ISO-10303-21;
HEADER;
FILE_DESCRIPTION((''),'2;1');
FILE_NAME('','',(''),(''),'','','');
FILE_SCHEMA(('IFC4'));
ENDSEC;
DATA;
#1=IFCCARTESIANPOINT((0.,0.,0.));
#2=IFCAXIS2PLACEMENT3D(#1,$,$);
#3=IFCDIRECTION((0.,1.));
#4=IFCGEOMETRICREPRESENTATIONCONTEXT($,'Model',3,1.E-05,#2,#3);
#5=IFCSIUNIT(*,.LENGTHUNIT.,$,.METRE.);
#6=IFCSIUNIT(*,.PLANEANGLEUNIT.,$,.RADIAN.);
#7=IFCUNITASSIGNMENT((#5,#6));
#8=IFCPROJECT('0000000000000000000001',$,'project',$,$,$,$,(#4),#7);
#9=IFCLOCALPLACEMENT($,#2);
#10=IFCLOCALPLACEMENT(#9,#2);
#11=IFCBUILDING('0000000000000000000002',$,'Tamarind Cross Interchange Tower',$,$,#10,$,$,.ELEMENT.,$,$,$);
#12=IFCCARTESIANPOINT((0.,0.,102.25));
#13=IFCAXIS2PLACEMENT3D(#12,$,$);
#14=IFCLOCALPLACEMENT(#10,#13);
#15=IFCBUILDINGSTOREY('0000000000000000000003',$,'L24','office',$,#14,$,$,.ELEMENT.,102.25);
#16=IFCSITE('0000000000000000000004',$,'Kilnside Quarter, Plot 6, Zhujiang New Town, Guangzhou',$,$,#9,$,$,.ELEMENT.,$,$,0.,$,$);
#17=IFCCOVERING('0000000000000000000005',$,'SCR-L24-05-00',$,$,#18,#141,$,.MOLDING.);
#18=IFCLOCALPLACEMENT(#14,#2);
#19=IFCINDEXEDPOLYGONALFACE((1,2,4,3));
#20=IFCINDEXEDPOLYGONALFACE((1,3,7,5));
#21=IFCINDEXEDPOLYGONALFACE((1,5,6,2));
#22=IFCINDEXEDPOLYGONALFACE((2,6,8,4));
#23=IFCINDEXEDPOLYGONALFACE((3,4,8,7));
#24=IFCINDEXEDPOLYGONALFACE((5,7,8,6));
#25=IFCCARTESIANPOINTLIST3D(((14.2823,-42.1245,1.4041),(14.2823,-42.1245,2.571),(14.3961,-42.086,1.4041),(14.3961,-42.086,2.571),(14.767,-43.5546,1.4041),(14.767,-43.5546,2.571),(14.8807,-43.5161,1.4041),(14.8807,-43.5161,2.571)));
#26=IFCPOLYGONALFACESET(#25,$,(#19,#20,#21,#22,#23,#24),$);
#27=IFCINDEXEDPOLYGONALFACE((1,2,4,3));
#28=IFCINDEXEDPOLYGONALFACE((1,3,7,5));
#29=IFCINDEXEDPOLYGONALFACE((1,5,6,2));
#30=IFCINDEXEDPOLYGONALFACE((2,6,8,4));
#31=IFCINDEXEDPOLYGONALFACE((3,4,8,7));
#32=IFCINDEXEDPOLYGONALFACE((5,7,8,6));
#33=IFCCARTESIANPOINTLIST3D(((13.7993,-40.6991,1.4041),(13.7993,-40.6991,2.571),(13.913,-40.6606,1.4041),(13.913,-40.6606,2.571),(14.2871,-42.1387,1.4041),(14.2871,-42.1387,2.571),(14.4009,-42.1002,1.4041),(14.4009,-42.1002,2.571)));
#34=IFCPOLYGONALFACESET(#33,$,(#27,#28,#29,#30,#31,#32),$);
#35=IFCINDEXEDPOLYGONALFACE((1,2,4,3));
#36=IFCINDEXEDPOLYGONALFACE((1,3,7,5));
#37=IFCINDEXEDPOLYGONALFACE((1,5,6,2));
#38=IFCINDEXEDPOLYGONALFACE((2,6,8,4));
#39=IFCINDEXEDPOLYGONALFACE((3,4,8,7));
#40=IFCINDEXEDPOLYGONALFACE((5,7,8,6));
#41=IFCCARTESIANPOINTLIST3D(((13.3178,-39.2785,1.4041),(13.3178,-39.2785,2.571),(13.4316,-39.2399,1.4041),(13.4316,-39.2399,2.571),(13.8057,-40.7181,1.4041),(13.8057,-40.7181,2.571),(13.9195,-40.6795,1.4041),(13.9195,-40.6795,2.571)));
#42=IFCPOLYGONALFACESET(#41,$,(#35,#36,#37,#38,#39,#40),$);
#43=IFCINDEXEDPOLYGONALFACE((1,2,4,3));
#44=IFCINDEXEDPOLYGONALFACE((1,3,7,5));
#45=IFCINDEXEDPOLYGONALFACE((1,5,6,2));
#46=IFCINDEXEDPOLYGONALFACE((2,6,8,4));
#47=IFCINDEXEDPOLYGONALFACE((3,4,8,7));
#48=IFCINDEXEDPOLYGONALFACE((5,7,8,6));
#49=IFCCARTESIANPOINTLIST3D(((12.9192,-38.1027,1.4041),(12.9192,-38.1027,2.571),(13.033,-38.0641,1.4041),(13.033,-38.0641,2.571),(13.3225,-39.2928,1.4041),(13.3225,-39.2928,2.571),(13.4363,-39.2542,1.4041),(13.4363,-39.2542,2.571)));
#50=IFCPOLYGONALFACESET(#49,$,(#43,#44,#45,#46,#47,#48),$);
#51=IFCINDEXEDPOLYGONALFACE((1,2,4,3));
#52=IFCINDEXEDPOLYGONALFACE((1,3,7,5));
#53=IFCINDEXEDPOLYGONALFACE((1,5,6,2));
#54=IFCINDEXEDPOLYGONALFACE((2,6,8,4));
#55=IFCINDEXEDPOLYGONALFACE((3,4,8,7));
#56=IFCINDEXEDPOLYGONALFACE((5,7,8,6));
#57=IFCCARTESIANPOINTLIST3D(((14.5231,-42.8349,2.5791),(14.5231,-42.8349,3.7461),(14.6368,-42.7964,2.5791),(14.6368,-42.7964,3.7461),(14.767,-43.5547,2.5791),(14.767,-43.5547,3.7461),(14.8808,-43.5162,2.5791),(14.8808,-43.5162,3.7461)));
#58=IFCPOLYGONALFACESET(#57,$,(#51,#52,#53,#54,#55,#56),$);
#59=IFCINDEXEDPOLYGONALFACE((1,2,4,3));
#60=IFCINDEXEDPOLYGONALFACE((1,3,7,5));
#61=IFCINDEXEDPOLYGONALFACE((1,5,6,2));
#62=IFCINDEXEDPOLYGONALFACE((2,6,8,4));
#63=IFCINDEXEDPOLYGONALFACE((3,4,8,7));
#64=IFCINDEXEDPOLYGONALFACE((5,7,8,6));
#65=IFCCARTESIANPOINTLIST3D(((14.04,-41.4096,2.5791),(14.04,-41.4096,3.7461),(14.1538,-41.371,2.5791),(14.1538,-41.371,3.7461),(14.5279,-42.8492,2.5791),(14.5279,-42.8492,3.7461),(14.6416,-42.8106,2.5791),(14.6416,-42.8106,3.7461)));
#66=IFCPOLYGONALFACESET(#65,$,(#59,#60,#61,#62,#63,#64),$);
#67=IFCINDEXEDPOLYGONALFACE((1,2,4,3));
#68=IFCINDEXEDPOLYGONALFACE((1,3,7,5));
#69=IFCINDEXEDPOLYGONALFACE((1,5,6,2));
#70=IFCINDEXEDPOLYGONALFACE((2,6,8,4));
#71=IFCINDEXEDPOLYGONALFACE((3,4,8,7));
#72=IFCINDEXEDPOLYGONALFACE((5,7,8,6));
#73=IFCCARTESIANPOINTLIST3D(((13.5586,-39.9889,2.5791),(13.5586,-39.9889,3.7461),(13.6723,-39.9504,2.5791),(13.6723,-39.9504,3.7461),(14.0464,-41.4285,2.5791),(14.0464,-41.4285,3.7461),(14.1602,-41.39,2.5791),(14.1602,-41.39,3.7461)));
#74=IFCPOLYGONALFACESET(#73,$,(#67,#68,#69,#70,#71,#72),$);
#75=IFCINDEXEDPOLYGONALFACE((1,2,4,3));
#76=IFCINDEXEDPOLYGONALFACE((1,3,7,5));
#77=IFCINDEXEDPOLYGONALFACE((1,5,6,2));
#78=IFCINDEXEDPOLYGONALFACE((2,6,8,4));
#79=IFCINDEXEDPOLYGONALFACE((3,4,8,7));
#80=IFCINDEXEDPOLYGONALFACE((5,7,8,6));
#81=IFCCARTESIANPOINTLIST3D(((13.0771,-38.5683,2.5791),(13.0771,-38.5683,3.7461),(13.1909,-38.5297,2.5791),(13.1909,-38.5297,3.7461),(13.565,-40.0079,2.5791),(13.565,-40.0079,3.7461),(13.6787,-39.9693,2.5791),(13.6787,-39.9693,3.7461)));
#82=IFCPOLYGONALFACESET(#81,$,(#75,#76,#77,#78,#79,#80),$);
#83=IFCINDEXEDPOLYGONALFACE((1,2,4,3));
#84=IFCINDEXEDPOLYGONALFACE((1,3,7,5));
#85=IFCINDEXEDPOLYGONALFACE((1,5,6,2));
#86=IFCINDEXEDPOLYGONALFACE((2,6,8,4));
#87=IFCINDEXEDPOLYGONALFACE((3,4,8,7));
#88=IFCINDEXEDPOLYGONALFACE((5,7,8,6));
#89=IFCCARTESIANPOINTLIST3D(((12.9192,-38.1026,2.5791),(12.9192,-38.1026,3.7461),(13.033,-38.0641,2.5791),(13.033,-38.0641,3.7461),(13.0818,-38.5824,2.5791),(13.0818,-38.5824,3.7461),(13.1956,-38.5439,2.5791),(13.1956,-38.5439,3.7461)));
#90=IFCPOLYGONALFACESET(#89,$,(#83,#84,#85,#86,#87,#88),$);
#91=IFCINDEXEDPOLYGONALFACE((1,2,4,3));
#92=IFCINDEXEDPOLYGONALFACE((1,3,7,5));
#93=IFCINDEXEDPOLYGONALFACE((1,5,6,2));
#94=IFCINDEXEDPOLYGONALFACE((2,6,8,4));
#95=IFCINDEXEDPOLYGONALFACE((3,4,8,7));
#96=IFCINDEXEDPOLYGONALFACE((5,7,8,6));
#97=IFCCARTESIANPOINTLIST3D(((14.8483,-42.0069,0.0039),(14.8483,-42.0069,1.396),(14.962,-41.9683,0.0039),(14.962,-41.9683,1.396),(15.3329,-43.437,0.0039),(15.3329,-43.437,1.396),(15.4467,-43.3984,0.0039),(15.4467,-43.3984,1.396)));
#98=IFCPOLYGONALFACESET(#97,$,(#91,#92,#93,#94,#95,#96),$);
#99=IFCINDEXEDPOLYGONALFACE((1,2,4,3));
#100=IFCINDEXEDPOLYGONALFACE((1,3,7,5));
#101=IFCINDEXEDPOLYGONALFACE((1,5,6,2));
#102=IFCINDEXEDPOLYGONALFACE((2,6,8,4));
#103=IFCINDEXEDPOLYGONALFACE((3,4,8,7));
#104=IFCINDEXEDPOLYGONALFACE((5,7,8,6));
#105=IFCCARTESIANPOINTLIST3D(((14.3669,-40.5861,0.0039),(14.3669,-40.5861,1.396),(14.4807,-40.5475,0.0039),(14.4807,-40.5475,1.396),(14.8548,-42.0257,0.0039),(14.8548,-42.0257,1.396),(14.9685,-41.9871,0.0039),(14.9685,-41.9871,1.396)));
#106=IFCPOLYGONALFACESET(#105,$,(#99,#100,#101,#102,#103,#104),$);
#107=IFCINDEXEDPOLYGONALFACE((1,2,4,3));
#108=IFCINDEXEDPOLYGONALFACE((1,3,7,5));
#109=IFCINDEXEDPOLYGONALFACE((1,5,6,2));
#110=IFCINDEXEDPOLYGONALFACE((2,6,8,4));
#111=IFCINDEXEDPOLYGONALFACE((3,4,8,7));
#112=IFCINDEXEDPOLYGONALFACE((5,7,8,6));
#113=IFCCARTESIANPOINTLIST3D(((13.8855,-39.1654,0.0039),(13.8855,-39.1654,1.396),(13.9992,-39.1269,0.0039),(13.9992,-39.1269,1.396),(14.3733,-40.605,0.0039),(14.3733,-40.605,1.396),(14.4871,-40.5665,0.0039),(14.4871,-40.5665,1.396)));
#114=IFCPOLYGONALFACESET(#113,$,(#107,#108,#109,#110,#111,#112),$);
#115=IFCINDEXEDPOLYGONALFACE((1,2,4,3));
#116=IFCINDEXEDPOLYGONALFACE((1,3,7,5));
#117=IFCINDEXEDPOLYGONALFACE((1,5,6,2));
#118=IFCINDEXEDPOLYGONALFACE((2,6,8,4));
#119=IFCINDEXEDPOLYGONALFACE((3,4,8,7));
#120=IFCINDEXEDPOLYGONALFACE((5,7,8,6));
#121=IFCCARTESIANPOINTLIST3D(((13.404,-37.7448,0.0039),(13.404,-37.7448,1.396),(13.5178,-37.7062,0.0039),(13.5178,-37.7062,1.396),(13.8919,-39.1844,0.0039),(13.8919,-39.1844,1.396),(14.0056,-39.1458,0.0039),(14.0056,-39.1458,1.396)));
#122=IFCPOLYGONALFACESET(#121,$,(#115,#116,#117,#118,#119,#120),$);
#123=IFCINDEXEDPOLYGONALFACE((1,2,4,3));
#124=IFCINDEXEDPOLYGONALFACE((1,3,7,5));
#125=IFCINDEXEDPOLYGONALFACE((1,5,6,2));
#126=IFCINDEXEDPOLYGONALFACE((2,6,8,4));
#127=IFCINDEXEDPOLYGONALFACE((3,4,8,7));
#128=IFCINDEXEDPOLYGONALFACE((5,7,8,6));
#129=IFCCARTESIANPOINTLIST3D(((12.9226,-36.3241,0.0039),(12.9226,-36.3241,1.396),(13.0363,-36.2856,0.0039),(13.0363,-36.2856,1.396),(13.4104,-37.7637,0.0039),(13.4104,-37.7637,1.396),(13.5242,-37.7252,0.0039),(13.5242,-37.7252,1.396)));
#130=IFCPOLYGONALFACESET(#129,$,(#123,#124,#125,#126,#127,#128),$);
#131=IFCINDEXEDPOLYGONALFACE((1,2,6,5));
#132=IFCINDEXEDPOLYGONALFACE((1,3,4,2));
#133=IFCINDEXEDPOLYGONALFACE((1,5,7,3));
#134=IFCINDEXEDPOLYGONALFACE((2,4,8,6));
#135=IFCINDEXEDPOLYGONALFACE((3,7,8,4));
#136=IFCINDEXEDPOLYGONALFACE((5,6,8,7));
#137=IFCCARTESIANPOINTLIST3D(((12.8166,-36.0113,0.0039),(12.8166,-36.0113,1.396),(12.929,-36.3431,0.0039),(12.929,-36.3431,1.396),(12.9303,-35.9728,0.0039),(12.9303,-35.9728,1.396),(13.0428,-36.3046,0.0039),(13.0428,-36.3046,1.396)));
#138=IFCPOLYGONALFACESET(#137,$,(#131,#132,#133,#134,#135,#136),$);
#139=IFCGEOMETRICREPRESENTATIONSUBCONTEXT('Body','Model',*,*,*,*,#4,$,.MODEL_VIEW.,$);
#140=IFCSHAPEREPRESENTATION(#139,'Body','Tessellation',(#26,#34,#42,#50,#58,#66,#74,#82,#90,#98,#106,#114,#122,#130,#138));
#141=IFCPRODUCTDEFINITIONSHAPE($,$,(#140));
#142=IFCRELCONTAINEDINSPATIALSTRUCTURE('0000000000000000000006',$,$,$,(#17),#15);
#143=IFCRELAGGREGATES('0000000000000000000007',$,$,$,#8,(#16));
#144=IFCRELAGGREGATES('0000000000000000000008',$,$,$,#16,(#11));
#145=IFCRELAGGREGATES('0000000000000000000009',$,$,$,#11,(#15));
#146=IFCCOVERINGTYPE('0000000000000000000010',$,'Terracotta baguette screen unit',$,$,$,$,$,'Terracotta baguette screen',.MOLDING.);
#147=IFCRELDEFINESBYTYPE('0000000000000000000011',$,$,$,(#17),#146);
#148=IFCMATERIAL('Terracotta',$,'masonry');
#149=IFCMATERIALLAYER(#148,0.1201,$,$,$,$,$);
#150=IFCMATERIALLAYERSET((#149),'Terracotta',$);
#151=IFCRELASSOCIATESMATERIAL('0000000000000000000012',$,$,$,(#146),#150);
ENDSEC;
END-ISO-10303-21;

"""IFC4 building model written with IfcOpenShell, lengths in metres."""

from ifc_helpers import new_model, si_unit, direction, frame, origin, origin_2d, place, context, subcontext, project, spatial, rectangle, extrude, material, layer, layer_set, type_object, element, save


model = new_model("IFC4")

# Units and contexts
model_context = context("Model", 3, precision=1e-05, world=origin(), true_north=direction((0.0, 1.0)))
body_context = subcontext(model_context, "Body", "Model", "MODEL_VIEW")
ifc_project = project(units=[si_unit("LENGTHUNIT", "METRE"), si_unit("PLANEANGLEUNIT", "RADIAN")], contexts=[model_context])

# Site, building, storey
site_placement = place(None, origin())
site = spatial("IfcSite", under=ifc_project, at=site_placement, Name="Kilnside Quarter, Plot 6, Zhujiang New Town, Guangzhou", CompositionType="ELEMENT", RefElevation=0.0)
building_placement = place(site_placement, origin())
building = spatial("IfcBuilding", under=site, at=building_placement, Name="Tamarind Cross Interchange Tower", CompositionType="ELEMENT")
storey_placement = place(building_placement, frame((0.0, 0.0, 102.25)))
storey = spatial("IfcBuildingStorey", under=building, at=storey_placement, Name="L24", Description="office", CompositionType="ELEMENT", Elevation=102.25)

# Covering
ifc_material_1 = material(Name="Terracotta", Category="masonry")
ifc_layer_1 = layer(ifc_material_1, 0.1201)
ifc_layer_set_1 = layer_set([ifc_layer_1], Name="Terracotta")
covering_type = type_object("IfcCoveringType", Name="Terracotta baguette screen unit", ElementType="Terracotta baguette screen", PredefinedType="MOLDING", material=ifc_layer_set_1)
covering_1_placement = place(storey_placement, origin())
element("IfcCovering", 1, at=covering_1_placement, inside=storey, type_object=covering_type, Name="SCR-L24-05-00", PredefinedType="MOLDING", context=body_context, shape_type="SweptSolid", body=[
    extrude(rectangle(XDim=1.51, YDim=0.1201, at=origin_2d()), frame((14.5815, -42.8203, 1.4041), z_axis=(0.0, 0.0, 1.0), x_axis=(-0.320959, 0.947093, 0.0)), (0.0, 0.0, 1.0), 1.167),
    extrude(rectangle(XDim=1.52, YDim=0.1201, at=origin_2d()), frame((14.1001, -41.3997, 1.4041), z_axis=(0.0, 0.0, 1.0), x_axis=(-0.320959, 0.947093, 0.0)), (0.0, 0.0, 1.0), 1.167),
    extrude(rectangle(XDim=1.52, YDim=0.1201, at=origin_2d()), frame((13.6187, -39.979, 1.4041), z_axis=(0.0, 0.0, 1.0), x_axis=(-0.320959, 0.947093, 0.0)), (0.0, 0.0, 1.0), 1.167),
    extrude(rectangle(XDim=1.2566, YDim=0.1201, at=origin_2d()), frame((13.1777, -38.6785, 1.4041), z_axis=(0.0, 0.0, 1.0), x_axis=(-0.320959, 0.947093, 0.0)), (0.0, 0.0, 1.0), 1.167),
    extrude(rectangle(XDim=0.76, YDim=0.1201, at=origin_2d()), frame((14.7019, -43.1755, 2.5791), z_axis=(0.0, 0.0, 1.0), x_axis=(-0.320959, 0.947093, 0.0)), (0.0, 0.0, 1.0), 1.167),
    extrude(rectangle(XDim=1.52, YDim=0.1201, at=origin_2d()), frame((14.3408, -42.1101, 2.5791), z_axis=(0.0, 0.0, 1.0), x_axis=(-0.320959, 0.947093, 0.0)), (0.0, 0.0, 1.0), 1.167),
    extrude(rectangle(XDim=1.52, YDim=0.1201, at=origin_2d()), frame((13.8594, -40.6895, 2.5791), z_axis=(0.0, 0.0, 1.0), x_axis=(-0.320959, 0.947093, 0.0)), (0.0, 0.0, 1.0), 1.167),
    extrude(rectangle(XDim=1.52, YDim=0.1201, at=origin_2d()), frame((13.3779, -39.2688, 2.5791), z_axis=(0.0, 0.0, 1.0), x_axis=(-0.320959, 0.947093, 0.0)), (0.0, 0.0, 1.0), 1.167),
    extrude(rectangle(XDim=0.5066, YDim=0.1201, at=origin_2d()), frame((13.0574, -38.3232, 2.5791), z_axis=(0.0, 0.0, 1.0), x_axis=(-0.320959, 0.947093, 0.0)), (0.0, 0.0, 1.0), 1.167),
    extrude(rectangle(XDim=1.51, YDim=0.1201, at=origin_2d()), frame((15.1475, -42.7026, 0.0039), z_axis=(0.0, 0.0, 1.0), x_axis=(-0.320959, 0.947093, 0.0)), (0.0, 0.0, 1.0), 1.3921),
    extrude(rectangle(XDim=1.52, YDim=0.1201, at=origin_2d()), frame((14.6677, -41.2866, 0.0039), z_axis=(0.0, 0.0, 1.0), x_axis=(-0.320959, 0.947093, 0.0)), (0.0, 0.0, 1.0), 1.3921),
    extrude(rectangle(XDim=1.52, YDim=0.1201, at=origin_2d()), frame((14.1863, -39.866, 0.0039), z_axis=(0.0, 0.0, 1.0), x_axis=(-0.320959, 0.947093, 0.0)), (0.0, 0.0, 1.0), 1.3921),
    extrude(rectangle(XDim=1.52, YDim=0.1201, at=origin_2d()), frame((13.7048, -38.4453, 0.0039), z_axis=(0.0, 0.0, 1.0), x_axis=(-0.320959, 0.947093, 0.0)), (0.0, 0.0, 1.0), 1.3921),
    extrude(rectangle(XDim=1.52, YDim=0.1201, at=origin_2d()), frame((13.2234, -37.0247, 0.0039), z_axis=(0.0, 0.0, 1.0), x_axis=(-0.320959, 0.947093, 0.0)), (0.0, 0.0, 1.0), 1.3921),
    extrude(rectangle(XDim=0.3503, YDim=0.1201, at=origin_2d()), frame((12.9297, -36.158, 0.0039), z_axis=(0.0, 0.0, 1.0), x_axis=(-0.320959, 0.947093, 0.0)), (0.0, 0.0, 1.0), 1.3921),
])

save(model, "model.ifc")
